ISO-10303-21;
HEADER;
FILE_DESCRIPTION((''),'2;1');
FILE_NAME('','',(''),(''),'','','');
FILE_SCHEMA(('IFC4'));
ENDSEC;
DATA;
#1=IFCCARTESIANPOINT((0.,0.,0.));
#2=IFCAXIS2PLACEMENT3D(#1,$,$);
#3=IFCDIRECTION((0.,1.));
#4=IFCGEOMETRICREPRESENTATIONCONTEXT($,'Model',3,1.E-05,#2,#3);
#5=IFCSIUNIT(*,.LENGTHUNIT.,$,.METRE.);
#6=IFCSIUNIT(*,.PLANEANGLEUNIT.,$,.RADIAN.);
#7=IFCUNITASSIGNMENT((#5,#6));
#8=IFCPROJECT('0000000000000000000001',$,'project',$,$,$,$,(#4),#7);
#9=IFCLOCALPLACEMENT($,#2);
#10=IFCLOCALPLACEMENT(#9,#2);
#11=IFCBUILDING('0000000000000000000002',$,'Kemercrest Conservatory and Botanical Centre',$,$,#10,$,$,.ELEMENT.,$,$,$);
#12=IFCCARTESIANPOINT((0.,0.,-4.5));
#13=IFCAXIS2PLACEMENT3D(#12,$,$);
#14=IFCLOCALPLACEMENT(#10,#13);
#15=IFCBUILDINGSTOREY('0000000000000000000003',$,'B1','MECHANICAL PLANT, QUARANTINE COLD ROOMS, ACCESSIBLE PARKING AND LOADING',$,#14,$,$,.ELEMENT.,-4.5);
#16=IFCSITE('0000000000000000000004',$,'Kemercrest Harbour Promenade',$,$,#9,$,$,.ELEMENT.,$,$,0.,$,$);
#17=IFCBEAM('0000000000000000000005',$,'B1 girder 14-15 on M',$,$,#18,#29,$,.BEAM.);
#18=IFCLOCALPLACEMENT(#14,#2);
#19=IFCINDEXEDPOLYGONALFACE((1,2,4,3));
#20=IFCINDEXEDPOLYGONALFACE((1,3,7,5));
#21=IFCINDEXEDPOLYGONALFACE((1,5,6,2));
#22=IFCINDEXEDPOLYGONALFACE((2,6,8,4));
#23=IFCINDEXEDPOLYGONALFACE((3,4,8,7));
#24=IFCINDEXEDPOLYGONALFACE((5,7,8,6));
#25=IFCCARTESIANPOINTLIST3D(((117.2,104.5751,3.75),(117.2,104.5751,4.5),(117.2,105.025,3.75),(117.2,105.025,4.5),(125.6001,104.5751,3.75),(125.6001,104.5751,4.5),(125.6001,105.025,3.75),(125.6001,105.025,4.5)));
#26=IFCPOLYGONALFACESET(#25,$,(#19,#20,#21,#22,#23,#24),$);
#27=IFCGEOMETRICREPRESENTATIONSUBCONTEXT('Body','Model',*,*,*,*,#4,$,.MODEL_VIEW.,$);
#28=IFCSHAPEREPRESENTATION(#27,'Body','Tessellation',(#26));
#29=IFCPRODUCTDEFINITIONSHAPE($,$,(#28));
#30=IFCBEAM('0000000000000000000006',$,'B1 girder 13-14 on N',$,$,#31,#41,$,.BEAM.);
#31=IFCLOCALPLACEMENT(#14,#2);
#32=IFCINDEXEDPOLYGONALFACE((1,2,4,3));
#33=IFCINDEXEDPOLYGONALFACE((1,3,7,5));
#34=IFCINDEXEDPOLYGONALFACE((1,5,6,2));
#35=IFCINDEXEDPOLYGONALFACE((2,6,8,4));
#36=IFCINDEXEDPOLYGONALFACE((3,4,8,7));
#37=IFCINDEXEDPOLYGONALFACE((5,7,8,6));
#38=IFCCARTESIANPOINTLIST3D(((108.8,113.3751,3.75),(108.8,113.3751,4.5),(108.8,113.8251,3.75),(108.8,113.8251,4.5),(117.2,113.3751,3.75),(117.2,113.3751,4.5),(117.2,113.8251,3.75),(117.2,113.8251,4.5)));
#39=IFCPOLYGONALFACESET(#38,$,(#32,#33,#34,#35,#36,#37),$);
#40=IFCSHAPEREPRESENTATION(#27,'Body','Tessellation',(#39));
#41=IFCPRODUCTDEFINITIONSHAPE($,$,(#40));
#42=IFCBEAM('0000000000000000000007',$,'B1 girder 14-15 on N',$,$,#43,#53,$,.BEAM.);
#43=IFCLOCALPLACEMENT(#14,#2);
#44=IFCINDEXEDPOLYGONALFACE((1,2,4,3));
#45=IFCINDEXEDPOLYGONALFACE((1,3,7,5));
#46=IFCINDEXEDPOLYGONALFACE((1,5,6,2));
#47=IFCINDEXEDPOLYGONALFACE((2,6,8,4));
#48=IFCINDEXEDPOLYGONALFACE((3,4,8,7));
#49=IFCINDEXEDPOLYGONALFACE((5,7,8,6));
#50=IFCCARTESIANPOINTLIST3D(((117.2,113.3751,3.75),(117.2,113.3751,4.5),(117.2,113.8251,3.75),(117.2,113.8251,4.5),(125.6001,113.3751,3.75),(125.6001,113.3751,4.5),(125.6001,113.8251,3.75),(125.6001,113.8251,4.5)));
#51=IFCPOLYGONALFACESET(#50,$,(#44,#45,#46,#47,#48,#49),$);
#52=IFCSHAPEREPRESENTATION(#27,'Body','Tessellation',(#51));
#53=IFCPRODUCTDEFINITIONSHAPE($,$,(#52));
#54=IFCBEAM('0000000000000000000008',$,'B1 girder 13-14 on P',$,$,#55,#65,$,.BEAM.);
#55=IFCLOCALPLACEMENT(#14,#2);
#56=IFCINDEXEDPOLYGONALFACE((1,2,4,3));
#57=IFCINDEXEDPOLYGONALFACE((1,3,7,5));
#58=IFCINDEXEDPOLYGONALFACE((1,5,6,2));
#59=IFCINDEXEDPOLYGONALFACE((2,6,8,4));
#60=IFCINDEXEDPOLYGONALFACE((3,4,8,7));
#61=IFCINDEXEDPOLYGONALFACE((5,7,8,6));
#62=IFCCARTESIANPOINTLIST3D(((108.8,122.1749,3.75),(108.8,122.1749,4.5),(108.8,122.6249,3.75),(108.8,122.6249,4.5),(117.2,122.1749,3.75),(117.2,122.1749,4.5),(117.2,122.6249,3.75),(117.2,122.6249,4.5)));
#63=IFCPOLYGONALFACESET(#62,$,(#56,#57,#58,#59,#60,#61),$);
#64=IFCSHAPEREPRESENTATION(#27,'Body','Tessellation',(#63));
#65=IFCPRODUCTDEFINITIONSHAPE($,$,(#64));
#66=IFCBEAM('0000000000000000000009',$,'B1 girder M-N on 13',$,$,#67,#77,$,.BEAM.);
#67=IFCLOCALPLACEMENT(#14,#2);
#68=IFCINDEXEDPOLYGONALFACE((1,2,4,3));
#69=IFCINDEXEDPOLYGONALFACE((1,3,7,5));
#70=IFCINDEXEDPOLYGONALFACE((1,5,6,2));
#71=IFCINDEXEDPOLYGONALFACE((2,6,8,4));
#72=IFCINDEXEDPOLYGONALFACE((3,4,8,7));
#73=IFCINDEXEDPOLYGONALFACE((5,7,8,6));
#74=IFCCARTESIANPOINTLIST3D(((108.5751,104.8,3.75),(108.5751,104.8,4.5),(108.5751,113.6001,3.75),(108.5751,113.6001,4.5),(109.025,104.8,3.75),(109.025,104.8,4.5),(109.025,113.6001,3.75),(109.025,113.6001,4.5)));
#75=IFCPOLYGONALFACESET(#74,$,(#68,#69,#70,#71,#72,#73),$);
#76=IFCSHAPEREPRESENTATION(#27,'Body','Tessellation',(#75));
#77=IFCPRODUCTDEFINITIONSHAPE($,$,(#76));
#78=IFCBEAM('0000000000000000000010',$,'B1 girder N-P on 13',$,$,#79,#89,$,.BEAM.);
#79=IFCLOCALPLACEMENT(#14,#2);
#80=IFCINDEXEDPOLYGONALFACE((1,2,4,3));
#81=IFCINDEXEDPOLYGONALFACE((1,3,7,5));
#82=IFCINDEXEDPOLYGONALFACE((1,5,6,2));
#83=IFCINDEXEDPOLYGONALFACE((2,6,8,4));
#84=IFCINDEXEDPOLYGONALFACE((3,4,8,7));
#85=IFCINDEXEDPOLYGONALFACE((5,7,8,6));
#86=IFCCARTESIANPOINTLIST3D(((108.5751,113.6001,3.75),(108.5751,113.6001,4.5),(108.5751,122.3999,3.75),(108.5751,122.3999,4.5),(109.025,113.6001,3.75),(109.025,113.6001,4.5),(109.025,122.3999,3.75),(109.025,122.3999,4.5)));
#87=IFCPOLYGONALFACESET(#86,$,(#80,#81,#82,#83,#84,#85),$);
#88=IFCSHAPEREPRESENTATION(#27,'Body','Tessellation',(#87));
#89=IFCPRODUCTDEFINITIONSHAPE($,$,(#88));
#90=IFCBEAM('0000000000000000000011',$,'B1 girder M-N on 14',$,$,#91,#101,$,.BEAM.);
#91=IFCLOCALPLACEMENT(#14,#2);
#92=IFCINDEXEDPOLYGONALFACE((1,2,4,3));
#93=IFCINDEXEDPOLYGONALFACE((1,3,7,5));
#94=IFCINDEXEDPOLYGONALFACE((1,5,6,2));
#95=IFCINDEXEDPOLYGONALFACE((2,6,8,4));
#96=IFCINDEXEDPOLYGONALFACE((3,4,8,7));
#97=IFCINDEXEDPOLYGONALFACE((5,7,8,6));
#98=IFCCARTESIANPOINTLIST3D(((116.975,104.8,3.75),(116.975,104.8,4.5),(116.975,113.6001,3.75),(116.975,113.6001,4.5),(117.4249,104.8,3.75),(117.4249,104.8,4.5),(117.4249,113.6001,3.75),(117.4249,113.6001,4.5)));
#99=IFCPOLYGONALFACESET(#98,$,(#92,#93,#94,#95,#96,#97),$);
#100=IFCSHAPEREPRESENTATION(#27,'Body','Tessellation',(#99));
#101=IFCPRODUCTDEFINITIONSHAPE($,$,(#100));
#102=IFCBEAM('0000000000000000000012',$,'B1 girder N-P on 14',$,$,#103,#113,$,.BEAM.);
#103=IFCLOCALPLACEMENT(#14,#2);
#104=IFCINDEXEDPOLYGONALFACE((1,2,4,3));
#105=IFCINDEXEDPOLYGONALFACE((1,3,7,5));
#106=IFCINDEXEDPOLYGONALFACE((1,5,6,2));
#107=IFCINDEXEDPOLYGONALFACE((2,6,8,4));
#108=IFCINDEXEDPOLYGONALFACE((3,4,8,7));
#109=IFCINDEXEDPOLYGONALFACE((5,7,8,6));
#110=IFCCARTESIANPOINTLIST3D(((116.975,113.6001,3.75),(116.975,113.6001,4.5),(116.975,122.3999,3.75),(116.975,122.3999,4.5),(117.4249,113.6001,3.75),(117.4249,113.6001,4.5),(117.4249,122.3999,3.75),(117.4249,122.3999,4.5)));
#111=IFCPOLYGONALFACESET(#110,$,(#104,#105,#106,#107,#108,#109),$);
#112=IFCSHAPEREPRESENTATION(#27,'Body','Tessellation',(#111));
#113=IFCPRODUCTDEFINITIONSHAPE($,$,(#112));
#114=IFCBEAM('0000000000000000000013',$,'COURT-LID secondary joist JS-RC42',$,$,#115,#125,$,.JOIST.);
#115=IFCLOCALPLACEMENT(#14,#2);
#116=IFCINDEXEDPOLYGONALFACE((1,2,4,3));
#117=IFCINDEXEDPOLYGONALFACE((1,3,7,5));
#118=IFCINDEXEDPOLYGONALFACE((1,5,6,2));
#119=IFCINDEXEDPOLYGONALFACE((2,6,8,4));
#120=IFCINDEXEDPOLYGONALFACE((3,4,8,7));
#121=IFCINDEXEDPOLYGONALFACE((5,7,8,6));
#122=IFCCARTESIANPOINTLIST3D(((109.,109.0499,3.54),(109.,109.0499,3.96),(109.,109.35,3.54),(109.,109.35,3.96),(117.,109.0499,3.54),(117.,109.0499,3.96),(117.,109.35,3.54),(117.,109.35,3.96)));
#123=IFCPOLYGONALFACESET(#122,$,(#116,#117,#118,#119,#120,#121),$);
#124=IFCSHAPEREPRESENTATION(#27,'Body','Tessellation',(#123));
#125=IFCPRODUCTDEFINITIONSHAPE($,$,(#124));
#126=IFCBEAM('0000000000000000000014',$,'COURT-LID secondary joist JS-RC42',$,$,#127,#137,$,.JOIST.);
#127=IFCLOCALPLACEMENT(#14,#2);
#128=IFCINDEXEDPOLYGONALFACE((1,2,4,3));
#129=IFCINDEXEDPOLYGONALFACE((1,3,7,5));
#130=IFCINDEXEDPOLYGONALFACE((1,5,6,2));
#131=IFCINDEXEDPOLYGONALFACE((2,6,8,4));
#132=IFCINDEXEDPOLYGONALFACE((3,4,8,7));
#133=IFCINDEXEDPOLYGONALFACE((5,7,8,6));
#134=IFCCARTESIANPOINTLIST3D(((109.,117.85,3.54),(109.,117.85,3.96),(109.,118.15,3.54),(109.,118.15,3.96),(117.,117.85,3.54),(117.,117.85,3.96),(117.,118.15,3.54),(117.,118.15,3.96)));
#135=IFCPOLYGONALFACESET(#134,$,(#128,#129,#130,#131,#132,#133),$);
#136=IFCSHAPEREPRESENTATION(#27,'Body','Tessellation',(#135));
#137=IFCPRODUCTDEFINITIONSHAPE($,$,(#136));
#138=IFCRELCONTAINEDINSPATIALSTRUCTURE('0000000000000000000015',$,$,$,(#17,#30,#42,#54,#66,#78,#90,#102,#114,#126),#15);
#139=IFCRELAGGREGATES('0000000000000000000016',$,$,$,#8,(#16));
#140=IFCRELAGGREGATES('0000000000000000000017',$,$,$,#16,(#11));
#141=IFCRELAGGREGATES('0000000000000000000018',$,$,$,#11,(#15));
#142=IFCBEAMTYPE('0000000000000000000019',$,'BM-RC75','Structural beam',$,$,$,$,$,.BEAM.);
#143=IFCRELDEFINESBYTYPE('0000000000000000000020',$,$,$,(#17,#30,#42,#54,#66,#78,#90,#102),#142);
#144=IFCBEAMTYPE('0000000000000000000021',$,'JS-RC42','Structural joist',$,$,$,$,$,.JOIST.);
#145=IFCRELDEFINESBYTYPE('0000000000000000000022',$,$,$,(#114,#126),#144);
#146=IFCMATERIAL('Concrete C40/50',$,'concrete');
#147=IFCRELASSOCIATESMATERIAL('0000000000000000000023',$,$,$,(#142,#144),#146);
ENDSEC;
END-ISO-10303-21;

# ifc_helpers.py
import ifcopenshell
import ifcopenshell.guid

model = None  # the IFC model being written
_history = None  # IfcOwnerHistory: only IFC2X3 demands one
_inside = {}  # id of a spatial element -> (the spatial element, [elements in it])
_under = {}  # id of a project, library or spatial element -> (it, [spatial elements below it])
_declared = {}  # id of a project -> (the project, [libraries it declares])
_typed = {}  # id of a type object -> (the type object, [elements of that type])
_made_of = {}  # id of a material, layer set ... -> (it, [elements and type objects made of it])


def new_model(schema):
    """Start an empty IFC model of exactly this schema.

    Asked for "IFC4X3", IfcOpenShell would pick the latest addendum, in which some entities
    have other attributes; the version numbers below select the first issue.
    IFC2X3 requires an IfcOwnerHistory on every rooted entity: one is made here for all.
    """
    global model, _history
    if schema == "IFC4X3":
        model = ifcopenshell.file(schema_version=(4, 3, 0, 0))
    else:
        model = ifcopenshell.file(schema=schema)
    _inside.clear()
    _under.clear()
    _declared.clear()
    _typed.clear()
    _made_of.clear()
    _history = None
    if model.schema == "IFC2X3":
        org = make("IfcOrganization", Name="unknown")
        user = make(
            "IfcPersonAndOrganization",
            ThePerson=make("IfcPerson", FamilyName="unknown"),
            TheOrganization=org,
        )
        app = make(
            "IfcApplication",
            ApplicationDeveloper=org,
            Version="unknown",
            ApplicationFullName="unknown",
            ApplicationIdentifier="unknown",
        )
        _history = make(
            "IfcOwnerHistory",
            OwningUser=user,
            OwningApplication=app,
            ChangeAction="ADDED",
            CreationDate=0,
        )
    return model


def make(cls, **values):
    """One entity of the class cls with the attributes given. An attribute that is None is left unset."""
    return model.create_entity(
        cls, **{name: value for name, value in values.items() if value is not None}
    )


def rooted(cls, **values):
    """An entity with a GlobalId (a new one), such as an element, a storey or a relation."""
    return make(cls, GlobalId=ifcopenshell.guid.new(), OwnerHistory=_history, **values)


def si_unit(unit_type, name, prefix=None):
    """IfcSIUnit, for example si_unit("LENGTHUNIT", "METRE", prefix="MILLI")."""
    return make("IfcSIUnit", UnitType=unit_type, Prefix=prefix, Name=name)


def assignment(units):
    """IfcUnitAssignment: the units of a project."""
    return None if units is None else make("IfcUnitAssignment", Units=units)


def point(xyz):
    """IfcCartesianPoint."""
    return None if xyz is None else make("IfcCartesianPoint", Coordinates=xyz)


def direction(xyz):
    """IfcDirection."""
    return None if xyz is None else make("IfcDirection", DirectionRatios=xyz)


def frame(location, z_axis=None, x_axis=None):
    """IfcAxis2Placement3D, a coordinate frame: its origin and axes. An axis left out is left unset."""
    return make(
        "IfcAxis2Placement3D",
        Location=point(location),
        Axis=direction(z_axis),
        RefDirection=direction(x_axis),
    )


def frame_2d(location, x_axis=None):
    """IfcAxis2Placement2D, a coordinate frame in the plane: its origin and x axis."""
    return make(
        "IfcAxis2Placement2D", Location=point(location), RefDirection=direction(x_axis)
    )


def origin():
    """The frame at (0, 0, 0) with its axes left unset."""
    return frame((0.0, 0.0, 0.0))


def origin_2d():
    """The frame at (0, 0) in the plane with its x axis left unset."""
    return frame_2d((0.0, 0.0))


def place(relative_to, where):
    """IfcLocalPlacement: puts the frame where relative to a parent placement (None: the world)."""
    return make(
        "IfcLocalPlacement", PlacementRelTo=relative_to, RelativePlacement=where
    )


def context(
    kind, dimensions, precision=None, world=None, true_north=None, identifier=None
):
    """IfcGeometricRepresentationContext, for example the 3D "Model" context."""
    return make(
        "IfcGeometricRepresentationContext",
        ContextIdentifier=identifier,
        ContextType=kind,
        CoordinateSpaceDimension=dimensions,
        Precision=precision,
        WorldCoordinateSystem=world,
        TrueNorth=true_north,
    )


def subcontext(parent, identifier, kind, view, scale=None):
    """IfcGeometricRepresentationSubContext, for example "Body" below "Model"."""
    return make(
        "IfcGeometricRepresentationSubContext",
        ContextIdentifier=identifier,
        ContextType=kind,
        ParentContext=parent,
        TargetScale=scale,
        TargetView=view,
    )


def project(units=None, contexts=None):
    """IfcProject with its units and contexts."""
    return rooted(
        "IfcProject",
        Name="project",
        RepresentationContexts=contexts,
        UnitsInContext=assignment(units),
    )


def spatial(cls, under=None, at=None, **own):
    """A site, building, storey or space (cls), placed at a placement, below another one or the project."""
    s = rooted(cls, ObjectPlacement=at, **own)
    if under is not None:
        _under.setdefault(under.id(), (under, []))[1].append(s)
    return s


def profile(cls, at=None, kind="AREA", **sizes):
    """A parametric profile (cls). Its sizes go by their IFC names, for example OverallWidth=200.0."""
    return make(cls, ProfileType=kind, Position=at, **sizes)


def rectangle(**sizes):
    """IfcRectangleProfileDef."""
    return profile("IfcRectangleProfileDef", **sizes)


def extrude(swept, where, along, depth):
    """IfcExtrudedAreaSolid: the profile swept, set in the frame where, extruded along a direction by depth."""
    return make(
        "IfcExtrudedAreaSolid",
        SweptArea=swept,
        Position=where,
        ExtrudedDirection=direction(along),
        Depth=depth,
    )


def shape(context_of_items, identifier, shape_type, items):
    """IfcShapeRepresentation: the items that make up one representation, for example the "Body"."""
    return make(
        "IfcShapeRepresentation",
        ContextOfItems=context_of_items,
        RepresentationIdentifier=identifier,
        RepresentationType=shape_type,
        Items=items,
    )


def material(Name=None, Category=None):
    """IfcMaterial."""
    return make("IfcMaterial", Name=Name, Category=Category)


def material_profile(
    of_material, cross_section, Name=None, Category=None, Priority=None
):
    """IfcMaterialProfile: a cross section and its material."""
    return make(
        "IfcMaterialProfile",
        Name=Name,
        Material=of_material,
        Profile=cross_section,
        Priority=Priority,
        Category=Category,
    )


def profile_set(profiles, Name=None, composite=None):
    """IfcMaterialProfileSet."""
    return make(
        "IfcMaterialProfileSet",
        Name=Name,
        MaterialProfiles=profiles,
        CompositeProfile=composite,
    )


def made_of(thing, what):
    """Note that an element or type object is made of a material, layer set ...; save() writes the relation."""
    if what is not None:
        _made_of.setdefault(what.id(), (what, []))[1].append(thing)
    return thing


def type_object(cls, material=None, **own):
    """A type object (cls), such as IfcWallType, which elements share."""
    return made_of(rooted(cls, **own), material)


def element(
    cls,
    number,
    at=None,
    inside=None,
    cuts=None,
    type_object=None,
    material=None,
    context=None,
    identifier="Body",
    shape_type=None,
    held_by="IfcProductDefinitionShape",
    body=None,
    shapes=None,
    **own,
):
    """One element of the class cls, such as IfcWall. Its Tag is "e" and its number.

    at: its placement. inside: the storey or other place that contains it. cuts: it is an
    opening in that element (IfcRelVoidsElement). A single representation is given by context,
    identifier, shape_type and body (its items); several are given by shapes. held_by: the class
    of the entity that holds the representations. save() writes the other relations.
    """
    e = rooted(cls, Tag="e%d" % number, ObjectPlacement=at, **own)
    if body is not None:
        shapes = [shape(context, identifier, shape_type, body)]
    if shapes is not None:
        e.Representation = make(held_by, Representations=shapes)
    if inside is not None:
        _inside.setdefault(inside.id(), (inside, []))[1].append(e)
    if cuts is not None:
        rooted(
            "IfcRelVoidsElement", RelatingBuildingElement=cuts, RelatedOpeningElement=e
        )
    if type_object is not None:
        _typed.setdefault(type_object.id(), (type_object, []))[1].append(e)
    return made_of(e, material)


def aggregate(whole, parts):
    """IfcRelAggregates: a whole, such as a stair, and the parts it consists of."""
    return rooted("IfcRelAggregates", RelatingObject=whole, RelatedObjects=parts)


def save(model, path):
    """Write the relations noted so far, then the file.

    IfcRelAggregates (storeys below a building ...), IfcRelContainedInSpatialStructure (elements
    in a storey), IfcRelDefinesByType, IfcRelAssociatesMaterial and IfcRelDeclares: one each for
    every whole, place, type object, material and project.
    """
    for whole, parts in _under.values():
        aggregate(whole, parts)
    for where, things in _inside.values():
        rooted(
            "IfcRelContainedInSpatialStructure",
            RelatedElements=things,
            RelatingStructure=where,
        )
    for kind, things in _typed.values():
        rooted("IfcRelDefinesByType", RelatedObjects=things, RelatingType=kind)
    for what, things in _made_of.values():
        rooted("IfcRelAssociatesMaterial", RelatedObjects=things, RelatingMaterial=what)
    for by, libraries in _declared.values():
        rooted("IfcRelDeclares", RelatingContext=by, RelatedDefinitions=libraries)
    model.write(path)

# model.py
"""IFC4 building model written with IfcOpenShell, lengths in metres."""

from ifc_helpers import new_model, si_unit, direction, frame, origin, origin_2d, place, context, subcontext, project, spatial, rectangle, extrude, material, material_profile, profile_set, type_object, element, save


model = new_model("IFC4")

# Units and contexts
model_context = context("Model", 3, precision=1e-05, world=origin(), true_north=direction((0.0, 1.0)))
body_context = subcontext(model_context, "Body", "Model", "MODEL_VIEW")
ifc_project = project(units=[si_unit("LENGTHUNIT", "METRE"), si_unit("PLANEANGLEUNIT", "RADIAN")], contexts=[model_context])

# Site, building, storey
site_placement = place(None, origin())
site = spatial("IfcSite", under=ifc_project, at=site_placement, Name="Kemercrest Harbour Promenade", CompositionType="ELEMENT", RefElevation=0.0)
building_placement = place(site_placement, origin())
building = spatial("IfcBuilding", under=site, at=building_placement, Name="Kemercrest Conservatory and Botanical Centre", CompositionType="ELEMENT")
storey_placement = place(building_placement, frame((0.0, 0.0, -4.5)))
storey = spatial("IfcBuildingStorey", under=building, at=storey_placement, Name="B1", Description="MECHANICAL PLANT, QUARANTINE COLD ROOMS, ACCESSIBLE PARKING AND LOADING", CompositionType="ELEMENT", Elevation=-4.5)

# Shared definitions
ifc_material_1 = material(Name="Concrete C40/50", Category="concrete")

# Beams
ifc_material_profile_1 = material_profile(ifc_material_1, rectangle(XDim=0.45, YDim=0.75, at=origin_2d()), Name="RC 450x750")
ifc_profile_set_1 = profile_set([ifc_material_profile_1], Name="Concrete C40/50")
beam_type_1 = type_object("IfcBeamType", Name="BM-RC75", Description="Structural beam", PredefinedType="BEAM", material=ifc_profile_set_1)
beam_1_placement = place(storey_placement, frame((117.2, 104.8, 4.125), z_axis=(1.0, 0.0, 0.0), x_axis=(0.0, 1.0, 0.0)))
element("IfcBeam", 1, at=beam_1_placement, inside=storey, type_object=beam_type_1, Name="B1 girder 14-15 on M", PredefinedType="BEAM", context=body_context, shape_type="SweptSolid", body=[
    extrude(rectangle(XDim=0.45, YDim=0.75, at=origin_2d()), origin(), (0.0, 0.0, 1.0), 8.4001),
])
beam_2_placement = place(storey_placement, frame((108.8, 113.6001, 4.125), z_axis=(1.0, 0.0, 0.0), x_axis=(0.0, 1.0, 0.0)))
element("IfcBeam", 2, at=beam_2_placement, inside=storey, type_object=beam_type_1, Name="B1 girder 13-14 on N", PredefinedType="BEAM", context=body_context, shape_type="SweptSolid", body=[
    extrude(rectangle(XDim=0.45, YDim=0.75, at=origin_2d()), origin(), (0.0, 0.0, 1.0), 8.3999),
])
beam_3_placement = place(storey_placement, frame((117.2, 113.6001, 4.125), z_axis=(1.0, 0.0, 0.0), x_axis=(0.0, 1.0, 0.0)))
element("IfcBeam", 3, at=beam_3_placement, inside=storey, type_object=beam_type_1, Name="B1 girder 14-15 on N", PredefinedType="BEAM", context=body_context, shape_type="SweptSolid", body=[
    extrude(rectangle(XDim=0.45, YDim=0.75, at=origin_2d()), origin(), (0.0, 0.0, 1.0), 8.4001),
])
beam_4_placement = place(storey_placement, frame((108.8, 122.3999, 4.125), z_axis=(1.0, 0.0, 0.0), x_axis=(0.0, 1.0, 0.0)))
element("IfcBeam", 4, at=beam_4_placement, inside=storey, type_object=beam_type_1, Name="B1 girder 13-14 on P", PredefinedType="BEAM", context=body_context, shape_type="SweptSolid", body=[
    extrude(rectangle(XDim=0.45, YDim=0.75, at=origin_2d()), origin(), (0.0, 0.0, 1.0), 8.3999),
])
beam_5_placement = place(storey_placement, frame((108.8, 104.8, 4.125), z_axis=(0.0, 1.0, 0.0), x_axis=(-1.0, 0.0, 0.0)))
element("IfcBeam", 5, at=beam_5_placement, inside=storey, type_object=beam_type_1, Name="B1 girder M-N on 13", PredefinedType="BEAM", context=body_context, shape_type="SweptSolid", body=[
    extrude(rectangle(XDim=0.45, YDim=0.75, at=origin_2d()), origin(), (0.0, 0.0, 1.0), 8.8),
])
beam_6_placement = place(storey_placement, frame((108.8, 113.6001, 4.125), z_axis=(0.0, 1.0, 0.0), x_axis=(-1.0, 0.0, 0.0)))
element("IfcBeam", 6, at=beam_6_placement, inside=storey, type_object=beam_type_1, Name="B1 girder N-P on 13", PredefinedType="BEAM", context=body_context, shape_type="SweptSolid", body=[
    extrude(rectangle(XDim=0.45, YDim=0.75, at=origin_2d()), origin(), (0.0, 0.0, 1.0), 8.7998),
])
beam_7_placement = place(storey_placement, frame((117.2, 104.8, 4.125), z_axis=(0.0, 1.0, 0.0), x_axis=(-1.0, 0.0, 0.0)))
element("IfcBeam", 7, at=beam_7_placement, inside=storey, type_object=beam_type_1, Name="B1 girder M-N on 14", PredefinedType="BEAM", context=body_context, shape_type="SweptSolid", body=[
    extrude(rectangle(XDim=0.45, YDim=0.75, at=origin_2d()), origin(), (0.0, 0.0, 1.0), 8.8),
])
beam_8_placement = place(storey_placement, frame((117.2, 113.6001, 4.125), z_axis=(0.0, 1.0, 0.0), x_axis=(-1.0, 0.0, 0.0)))
element("IfcBeam", 8, at=beam_8_placement, inside=storey, type_object=beam_type_1, Name="B1 girder N-P on 14", PredefinedType="BEAM", context=body_context, shape_type="SweptSolid", body=[
    extrude(rectangle(XDim=0.45, YDim=0.75, at=origin_2d()), origin(), (0.0, 0.0, 1.0), 8.7998),
])
ifc_material_profile_2 = material_profile(ifc_material_1, rectangle(XDim=0.3, YDim=0.4199, at=origin_2d()), Name="RC 300x420")
ifc_profile_set_2 = profile_set([ifc_material_profile_2], Name="Concrete C40/50")
beam_type_2 = type_object("IfcBeamType", Name="JS-RC42", Description="Structural joist", PredefinedType="JOIST", material=ifc_profile_set_2)
for number, where, z_axis, x_axis, name in (
    (9, (109.0, 109.2, 3.75), (1.0, 0.0, 0.0), (0.0, 1.0, 0.0), "COURT-LID secondary joist JS-RC42"),
    (10, (109.0, 118.0, 3.75), (1.0, 0.0, 0.0), (0.0, 1.0, 0.0), "COURT-LID secondary joist JS-RC42"),
):
    element("IfcBeam", number, at=place(storey_placement, frame(where, z_axis=z_axis, x_axis=x_axis)), inside=storey, type_object=beam_type_2, Name=name, PredefinedType="JOIST", context=body_context, shape_type="SweptSolid", body=[
        extrude(rectangle(XDim=0.3, YDim=0.4199, at=origin_2d()), origin(), (0.0, 0.0, 1.0), 8.0),
    ])

save(model, "model.ifc")
